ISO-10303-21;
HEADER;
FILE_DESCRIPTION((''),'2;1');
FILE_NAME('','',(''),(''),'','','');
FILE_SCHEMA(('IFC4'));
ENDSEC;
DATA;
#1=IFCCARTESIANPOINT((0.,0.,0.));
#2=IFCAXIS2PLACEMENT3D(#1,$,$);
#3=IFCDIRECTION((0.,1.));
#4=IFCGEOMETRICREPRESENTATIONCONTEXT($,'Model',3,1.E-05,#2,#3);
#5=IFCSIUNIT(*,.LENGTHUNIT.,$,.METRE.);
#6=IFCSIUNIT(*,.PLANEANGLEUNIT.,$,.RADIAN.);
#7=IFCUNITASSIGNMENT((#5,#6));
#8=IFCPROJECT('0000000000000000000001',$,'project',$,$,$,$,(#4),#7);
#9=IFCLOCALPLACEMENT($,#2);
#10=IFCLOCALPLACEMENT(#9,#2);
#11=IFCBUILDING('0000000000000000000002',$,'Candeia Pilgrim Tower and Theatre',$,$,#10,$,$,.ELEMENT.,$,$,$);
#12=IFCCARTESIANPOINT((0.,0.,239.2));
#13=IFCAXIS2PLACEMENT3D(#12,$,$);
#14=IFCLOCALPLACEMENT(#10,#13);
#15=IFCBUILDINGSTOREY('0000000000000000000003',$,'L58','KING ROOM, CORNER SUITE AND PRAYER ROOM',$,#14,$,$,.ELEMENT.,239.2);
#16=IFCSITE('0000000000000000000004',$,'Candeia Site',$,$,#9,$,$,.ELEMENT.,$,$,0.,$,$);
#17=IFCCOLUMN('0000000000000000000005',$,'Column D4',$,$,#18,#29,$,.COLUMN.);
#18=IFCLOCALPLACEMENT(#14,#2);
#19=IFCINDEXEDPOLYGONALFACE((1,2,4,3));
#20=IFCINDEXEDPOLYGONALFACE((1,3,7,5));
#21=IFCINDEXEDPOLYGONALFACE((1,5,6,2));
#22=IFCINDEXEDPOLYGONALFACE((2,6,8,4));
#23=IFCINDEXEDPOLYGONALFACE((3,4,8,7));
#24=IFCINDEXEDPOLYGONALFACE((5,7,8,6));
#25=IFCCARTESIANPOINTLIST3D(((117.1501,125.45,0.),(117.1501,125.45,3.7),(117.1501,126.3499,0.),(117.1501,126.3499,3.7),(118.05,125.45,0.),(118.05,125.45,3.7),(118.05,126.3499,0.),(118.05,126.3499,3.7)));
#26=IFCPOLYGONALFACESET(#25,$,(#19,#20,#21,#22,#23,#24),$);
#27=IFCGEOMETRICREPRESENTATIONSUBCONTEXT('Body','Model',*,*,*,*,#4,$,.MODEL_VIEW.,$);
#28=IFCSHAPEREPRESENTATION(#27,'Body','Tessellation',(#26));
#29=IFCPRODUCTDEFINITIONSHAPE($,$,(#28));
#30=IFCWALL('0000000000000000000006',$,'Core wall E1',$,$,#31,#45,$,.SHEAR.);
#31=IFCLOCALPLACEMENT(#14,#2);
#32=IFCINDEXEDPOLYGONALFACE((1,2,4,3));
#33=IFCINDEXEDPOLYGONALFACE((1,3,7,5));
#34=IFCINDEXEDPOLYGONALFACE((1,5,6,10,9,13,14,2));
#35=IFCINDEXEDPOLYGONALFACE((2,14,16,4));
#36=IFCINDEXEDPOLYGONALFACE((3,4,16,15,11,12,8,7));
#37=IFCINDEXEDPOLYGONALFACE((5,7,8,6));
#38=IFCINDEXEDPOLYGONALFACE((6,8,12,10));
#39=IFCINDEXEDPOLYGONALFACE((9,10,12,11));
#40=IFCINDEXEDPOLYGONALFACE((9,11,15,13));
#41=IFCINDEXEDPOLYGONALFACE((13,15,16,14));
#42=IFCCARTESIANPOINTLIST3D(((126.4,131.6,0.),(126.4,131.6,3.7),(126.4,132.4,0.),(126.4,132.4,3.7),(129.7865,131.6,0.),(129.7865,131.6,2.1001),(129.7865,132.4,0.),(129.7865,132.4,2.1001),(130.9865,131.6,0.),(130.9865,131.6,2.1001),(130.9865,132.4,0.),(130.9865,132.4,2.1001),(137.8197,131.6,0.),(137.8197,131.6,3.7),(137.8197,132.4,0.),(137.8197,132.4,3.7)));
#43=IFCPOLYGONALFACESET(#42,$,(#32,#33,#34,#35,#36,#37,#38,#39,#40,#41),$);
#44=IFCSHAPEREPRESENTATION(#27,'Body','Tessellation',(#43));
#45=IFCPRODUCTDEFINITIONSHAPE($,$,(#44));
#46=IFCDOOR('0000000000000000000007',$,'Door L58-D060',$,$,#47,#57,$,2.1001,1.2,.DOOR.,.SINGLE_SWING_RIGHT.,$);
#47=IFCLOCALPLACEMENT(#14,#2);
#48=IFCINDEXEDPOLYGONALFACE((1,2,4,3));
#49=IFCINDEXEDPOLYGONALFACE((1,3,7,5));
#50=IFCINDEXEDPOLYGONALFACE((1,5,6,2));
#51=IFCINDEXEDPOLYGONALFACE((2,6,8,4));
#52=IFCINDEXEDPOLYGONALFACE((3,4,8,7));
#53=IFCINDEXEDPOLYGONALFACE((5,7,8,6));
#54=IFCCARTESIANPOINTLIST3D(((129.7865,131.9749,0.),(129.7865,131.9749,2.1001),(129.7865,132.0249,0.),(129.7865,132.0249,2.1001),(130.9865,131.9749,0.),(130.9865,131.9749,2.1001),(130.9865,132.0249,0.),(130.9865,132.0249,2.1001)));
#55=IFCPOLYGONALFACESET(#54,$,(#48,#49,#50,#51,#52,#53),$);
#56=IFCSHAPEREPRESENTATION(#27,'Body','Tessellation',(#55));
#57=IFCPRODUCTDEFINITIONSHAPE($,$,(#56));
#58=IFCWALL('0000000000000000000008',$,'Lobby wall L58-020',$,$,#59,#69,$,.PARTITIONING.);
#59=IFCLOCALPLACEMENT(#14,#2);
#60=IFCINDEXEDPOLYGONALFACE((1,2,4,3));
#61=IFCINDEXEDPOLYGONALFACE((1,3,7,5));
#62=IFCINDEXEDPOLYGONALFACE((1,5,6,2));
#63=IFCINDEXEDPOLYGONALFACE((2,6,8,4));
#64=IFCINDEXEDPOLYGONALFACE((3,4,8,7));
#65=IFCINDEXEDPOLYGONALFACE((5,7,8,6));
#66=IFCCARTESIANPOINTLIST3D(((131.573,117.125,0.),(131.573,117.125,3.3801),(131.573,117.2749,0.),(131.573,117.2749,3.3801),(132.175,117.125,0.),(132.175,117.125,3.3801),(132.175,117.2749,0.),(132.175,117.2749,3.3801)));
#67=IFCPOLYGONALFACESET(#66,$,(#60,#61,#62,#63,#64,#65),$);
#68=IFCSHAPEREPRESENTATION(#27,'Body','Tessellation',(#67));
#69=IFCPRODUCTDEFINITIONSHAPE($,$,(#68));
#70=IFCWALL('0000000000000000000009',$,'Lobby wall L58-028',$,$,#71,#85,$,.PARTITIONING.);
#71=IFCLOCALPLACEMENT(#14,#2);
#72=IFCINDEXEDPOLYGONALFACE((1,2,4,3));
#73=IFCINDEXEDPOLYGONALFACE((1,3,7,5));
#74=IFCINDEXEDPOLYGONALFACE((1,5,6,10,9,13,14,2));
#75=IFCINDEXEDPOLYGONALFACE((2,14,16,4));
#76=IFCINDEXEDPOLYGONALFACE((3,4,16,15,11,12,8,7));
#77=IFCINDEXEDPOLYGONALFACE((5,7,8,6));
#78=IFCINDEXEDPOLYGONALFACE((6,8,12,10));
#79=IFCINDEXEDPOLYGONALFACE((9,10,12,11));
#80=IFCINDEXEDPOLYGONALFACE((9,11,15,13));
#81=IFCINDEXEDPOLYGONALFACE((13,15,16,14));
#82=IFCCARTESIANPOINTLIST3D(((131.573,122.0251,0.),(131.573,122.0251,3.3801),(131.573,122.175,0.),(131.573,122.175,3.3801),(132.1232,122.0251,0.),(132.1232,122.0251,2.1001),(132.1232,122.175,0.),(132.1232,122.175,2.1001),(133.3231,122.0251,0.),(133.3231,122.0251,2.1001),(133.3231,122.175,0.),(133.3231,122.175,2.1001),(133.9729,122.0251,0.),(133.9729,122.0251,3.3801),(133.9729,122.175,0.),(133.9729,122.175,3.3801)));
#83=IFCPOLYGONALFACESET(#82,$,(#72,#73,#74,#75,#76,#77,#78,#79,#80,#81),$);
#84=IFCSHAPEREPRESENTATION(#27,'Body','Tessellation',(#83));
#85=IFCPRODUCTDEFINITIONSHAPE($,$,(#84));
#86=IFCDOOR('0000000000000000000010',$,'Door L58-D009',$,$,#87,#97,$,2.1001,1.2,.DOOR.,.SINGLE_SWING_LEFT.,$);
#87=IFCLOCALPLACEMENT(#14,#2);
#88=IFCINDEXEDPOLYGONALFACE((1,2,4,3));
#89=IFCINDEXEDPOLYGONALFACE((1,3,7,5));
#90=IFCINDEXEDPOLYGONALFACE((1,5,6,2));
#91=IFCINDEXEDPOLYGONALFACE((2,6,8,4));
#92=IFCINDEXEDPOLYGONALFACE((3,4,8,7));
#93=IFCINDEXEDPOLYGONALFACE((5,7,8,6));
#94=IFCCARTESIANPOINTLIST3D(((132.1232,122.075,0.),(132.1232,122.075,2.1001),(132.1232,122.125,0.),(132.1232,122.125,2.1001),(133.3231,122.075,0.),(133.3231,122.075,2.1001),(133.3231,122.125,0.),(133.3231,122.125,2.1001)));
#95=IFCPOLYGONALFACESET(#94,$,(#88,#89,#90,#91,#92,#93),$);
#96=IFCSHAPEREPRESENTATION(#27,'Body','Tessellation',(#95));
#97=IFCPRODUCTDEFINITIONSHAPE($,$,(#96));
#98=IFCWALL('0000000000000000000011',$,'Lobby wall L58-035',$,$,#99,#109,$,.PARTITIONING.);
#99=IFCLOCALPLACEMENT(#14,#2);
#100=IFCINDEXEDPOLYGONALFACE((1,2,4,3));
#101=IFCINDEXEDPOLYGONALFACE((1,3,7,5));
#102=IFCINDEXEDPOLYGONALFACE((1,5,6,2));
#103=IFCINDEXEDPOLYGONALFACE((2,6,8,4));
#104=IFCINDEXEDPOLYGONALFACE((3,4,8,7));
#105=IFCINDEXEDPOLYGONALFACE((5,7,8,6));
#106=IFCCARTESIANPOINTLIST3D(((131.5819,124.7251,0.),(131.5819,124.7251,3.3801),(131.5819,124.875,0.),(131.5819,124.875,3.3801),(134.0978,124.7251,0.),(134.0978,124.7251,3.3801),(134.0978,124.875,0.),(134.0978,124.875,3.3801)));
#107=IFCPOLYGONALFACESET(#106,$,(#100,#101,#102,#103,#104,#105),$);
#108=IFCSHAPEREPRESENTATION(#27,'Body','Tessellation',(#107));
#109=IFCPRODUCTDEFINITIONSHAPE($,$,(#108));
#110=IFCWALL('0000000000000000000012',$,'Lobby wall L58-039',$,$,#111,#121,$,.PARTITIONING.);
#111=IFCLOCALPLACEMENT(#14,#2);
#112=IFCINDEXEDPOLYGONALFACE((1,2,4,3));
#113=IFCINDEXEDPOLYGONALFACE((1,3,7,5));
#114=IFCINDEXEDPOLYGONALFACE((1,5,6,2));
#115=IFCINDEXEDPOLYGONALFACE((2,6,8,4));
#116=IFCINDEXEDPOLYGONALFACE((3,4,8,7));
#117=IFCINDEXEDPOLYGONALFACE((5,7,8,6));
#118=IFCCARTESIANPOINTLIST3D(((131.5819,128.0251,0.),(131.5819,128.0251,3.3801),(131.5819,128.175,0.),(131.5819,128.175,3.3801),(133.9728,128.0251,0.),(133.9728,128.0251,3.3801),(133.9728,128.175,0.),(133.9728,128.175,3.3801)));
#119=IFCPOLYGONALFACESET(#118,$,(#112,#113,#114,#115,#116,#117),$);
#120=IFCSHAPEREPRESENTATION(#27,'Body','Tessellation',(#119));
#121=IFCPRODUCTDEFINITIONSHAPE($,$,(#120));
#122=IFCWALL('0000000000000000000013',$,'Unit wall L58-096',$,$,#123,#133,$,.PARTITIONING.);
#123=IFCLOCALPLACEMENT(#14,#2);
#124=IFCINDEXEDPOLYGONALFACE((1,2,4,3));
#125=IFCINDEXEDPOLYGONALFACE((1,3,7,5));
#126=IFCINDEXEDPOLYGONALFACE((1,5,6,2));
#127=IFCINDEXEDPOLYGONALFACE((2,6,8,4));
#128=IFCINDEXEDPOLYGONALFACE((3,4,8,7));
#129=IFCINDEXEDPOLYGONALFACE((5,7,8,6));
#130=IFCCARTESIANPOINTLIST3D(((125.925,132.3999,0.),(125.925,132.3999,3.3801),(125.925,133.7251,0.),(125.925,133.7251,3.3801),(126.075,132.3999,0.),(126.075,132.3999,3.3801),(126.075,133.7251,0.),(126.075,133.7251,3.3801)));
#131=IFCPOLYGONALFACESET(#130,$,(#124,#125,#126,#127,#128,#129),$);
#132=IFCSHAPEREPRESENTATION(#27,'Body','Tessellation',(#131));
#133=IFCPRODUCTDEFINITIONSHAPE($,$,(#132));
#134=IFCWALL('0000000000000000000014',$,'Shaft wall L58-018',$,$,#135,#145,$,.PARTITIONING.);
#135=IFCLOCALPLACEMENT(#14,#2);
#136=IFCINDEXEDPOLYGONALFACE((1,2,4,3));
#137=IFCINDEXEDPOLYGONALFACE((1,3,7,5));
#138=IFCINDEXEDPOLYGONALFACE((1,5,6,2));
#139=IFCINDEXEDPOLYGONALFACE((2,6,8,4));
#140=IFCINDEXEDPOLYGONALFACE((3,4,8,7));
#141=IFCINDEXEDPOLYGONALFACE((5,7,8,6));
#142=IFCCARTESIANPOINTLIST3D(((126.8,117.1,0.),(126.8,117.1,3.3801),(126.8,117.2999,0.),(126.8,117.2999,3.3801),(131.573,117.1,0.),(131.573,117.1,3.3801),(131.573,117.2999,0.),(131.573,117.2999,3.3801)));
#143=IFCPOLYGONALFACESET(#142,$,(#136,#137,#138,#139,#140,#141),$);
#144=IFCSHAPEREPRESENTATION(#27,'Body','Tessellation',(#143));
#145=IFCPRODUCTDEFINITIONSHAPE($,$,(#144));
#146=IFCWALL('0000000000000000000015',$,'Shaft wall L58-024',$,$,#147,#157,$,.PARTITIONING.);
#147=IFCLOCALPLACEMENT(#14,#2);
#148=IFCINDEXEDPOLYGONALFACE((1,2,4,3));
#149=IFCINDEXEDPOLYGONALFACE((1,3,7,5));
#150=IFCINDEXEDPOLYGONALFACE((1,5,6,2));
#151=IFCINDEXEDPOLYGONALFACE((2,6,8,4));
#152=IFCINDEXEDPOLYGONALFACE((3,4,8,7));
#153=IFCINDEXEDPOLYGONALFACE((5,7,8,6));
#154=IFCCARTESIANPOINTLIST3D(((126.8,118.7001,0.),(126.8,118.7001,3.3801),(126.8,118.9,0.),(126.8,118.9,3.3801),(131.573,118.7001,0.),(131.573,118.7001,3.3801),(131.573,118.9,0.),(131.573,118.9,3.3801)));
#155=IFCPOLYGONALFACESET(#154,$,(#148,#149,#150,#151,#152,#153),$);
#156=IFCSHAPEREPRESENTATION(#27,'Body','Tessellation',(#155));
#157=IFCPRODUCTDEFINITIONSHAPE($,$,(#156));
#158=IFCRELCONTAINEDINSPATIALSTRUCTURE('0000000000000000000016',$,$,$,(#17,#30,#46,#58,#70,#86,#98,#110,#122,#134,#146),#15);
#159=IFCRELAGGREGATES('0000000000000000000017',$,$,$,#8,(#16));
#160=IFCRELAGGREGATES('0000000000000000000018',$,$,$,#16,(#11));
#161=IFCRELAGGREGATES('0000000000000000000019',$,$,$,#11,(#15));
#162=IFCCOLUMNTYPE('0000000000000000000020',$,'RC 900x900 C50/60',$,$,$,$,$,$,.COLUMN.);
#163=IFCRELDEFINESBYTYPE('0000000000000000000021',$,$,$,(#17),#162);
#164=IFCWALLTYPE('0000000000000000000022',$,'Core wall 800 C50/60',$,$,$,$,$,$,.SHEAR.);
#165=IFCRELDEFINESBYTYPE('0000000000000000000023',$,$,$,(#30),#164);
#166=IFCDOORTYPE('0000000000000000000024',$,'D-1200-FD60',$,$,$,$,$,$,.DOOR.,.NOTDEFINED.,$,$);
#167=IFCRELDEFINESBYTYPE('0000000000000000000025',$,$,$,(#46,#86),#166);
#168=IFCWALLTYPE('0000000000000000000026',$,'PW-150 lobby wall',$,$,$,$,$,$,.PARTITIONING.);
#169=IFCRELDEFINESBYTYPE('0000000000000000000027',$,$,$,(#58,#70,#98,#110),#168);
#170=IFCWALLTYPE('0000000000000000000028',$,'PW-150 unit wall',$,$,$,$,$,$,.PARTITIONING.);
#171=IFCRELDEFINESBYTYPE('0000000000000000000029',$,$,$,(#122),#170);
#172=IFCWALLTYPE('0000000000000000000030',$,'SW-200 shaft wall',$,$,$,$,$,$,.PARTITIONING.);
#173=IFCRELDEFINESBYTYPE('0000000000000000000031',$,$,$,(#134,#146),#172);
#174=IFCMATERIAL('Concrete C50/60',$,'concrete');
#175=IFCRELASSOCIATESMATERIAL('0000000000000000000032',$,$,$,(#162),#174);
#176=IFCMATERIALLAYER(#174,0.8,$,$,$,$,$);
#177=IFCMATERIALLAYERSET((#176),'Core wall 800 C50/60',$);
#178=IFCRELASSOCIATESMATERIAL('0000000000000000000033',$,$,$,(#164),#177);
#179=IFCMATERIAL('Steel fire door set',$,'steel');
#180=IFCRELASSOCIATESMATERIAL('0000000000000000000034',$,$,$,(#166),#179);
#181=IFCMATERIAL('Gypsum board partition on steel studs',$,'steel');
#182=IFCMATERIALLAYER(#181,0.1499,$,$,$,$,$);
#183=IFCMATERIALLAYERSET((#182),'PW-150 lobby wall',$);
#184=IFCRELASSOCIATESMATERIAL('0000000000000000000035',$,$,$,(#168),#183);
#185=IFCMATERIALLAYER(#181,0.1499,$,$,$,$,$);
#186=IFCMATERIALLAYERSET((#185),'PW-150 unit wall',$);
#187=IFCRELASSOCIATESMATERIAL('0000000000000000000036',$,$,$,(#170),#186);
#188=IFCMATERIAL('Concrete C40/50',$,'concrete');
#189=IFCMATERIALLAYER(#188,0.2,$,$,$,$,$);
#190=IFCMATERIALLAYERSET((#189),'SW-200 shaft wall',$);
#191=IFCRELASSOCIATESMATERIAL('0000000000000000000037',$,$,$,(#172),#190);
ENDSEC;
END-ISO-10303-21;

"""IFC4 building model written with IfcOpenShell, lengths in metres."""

from ifc_helpers import new_model, si_unit, direction, frame, frame_2d, origin, origin_2d, place, context, subcontext, project, spatial, rectangle, extrude, material, layer, layer_set, material_profile, profile_set, type_object, element, fill, save


model = new_model("IFC4")

# Units and contexts
model_context = context("Model", 3, precision=1e-05, world=origin(), true_north=direction((0.0, 1.0)))
body_context = subcontext(model_context, "Body", "Model", "MODEL_VIEW")
ifc_project = project(units=[si_unit("LENGTHUNIT", "METRE"), si_unit("PLANEANGLEUNIT", "RADIAN")], contexts=[model_context])

# Site, building, storey
site_placement = place(None, origin())
site = spatial("IfcSite", under=ifc_project, at=site_placement, Name="Candeia Site", CompositionType="ELEMENT", RefElevation=0.0)
building_placement = place(site_placement, origin())
building = spatial("IfcBuilding", under=site, at=building_placement, Name="Candeia Pilgrim Tower and Theatre", CompositionType="ELEMENT")
storey_placement = place(building_placement, frame((0.0, 0.0, 239.2)))
storey = spatial("IfcBuildingStorey", under=building, at=storey_placement, Name="L58", Description="KING ROOM, CORNER SUITE AND PRAYER ROOM", CompositionType="ELEMENT", Elevation=239.2)

# Column
ifc_material_1 = material(Name="Concrete C50/60", Category="concrete")
ifc_material_profile = material_profile(ifc_material_1, rectangle(XDim=0.8999, YDim=0.8999, at=origin_2d()))
ifc_profile_set = profile_set([ifc_material_profile], Name="Concrete C50/60")
column_type = type_object("IfcColumnType", Name="RC 900x900 C50/60", PredefinedType="COLUMN", material=ifc_profile_set)
column_placement = place(storey_placement, frame((117.6001, 125.8999, 0.0), z_axis=(0.0, 0.0, 1.0), x_axis=(1.0, 0.0, 0.0)))
element("IfcColumn", 1, at=column_placement, inside=storey, type_object=column_type, Name="Column D4", PredefinedType="COLUMN", context=body_context, shape_type="SweptSolid", body=[
    extrude(rectangle(XDim=0.8999, YDim=0.8999, at=origin_2d()), origin(), (0.0, 0.0, 1.0), 3.7),
])

# Wall, opening, door
ifc_layer_1 = layer(ifc_material_1, 0.8)
ifc_layer_set_1 = layer_set([ifc_layer_1], Name="Core wall 800 C50/60")
wall_type_1 = type_object("IfcWallType", Name="Core wall 800 C50/60", PredefinedType="SHEAR", material=ifc_layer_set_1)
wall_1_placement = place(storey_placement, frame((126.3999, 132.0, 0.0), z_axis=(0.0, 0.0, 1.0), x_axis=(1.0, 0.0, 0.0)))
wall_1 = element("IfcWall", 2, at=wall_1_placement, inside=storey, type_object=wall_type_1, Name="Core wall E1", PredefinedType="SHEAR", context=body_context, shape_type="SweptSolid", body=[
    extrude(rectangle(XDim=11.4197, YDim=0.8, at=frame_2d((5.71, 0.0))), origin(), (0.0, 0.0, 1.0), 3.7),
])
opening_1_placement = place(wall_1_placement, frame((3.3865, 0.0, 0.0)))
opening_1 = element("IfcOpeningElement", 3, at=opening_1_placement, cuts=wall_1, PredefinedType="OPENING", context=body_context, shape_type="SweptSolid", body=[
    extrude(rectangle(XDim=1.2, YDim=2.1001, at=frame_2d((0.6001, 1.05))), frame((0.0, 0.4102, 0.0), z_axis=(0.0, -1.0, 0.0), x_axis=(1.0, 0.0, 0.0)), (0.0, 0.0, 1.0), 0.8201),
])
ifc_material_2 = material(Name="Steel fire door set", Category="steel")
door_type_1 = type_object("IfcDoorType", Name="D-1200-FD60", OperationType="NOTDEFINED", PredefinedType="DOOR", material=ifc_material_2)
door_1_placement = place(opening_1_placement, origin())
door_1 = element("IfcDoor", 4, at=door_1_placement, inside=storey, type_object=door_type_1, Name="Door L58-D060", OperationType="SINGLE_SWING_RIGHT", OverallHeight=2.1001, OverallWidth=1.2, PredefinedType="DOOR", context=body_context, shape_type="SweptSolid", body=[
    extrude(rectangle(XDim=1.2, YDim=2.1001, at=frame_2d((0.6001, 1.05))), frame((0.0, 0.0249, 0.0), z_axis=(0.0, -1.0, 0.0), x_axis=(1.0, 0.0, 0.0)), (0.0, 0.0, 1.0), 0.05),
])
fill(opening_1, door_1)

# Wall
ifc_material_3 = material(Name="Gypsum board partition on steel studs", Category="steel")
ifc_layer_2 = layer(ifc_material_3, 0.1499)
ifc_layer_set_2 = layer_set([ifc_layer_2], Name="PW-150 lobby wall")
wall_type_2 = type_object("IfcWallType", Name="PW-150 lobby wall", PredefinedType="PARTITIONING", material=ifc_layer_set_2)
wall_2_placement = place(storey_placement, frame((131.573, 117.2, 0.0), z_axis=(0.0, 0.0, 1.0), x_axis=(1.0, 0.0, 0.0)))
element("IfcWall", 5, at=wall_2_placement, inside=storey, type_object=wall_type_2, Name="Lobby wall L58-020", PredefinedType="PARTITIONING", context=body_context, shape_type="SweptSolid", body=[
    extrude(rectangle(XDim=0.6021, YDim=0.1499, at=frame_2d((0.301, 0.0))), origin(), (0.0, 0.0, 1.0), 3.3801),
])

# Wall, opening, door
wall_3_placement = place(storey_placement, frame((131.573, 122.1001, 0.0), z_axis=(0.0, 0.0, 1.0), x_axis=(1.0, 0.0, 0.0)))
wall_3 = element("IfcWall", 6, at=wall_3_placement, inside=storey, type_object=wall_type_2, Name="Lobby wall L58-028", PredefinedType="PARTITIONING", context=body_context, shape_type="SweptSolid", body=[
    extrude(rectangle(XDim=2.3999, YDim=0.1499, at=frame_2d((1.2, 0.0))), origin(), (0.0, 0.0, 1.0), 3.3801),
])
opening_2_placement = place(wall_3_placement, frame((0.55, 0.0, 0.0)))
opening_2 = element("IfcOpeningElement", 7, at=opening_2_placement, cuts=wall_3, PredefinedType="OPENING", context=body_context, shape_type="SweptSolid", body=[
    extrude(rectangle(XDim=1.2, YDim=2.1001, at=frame_2d((0.6001, 1.05))), frame((0.0, 0.085, 0.0), z_axis=(0.0, -1.0, 0.0), x_axis=(1.0, 0.0, 0.0)), (0.0, 0.0, 1.0), 0.1699),
])
door_2_placement = place(opening_2_placement, origin())
door_2 = element("IfcDoor", 8, at=door_2_placement, inside=storey, type_object=door_type_1, Name="Door L58-D009", OperationType="SINGLE_SWING_LEFT", OverallHeight=2.1001, OverallWidth=1.2, PredefinedType="DOOR", context=body_context, shape_type="SweptSolid", body=[
    extrude(rectangle(XDim=1.2, YDim=2.1001, at=frame_2d((0.6001, 1.05))), frame((0.0, 0.0249, 0.0), z_axis=(0.0, -1.0, 0.0), x_axis=(1.0, 0.0, 0.0)), (0.0, 0.0, 1.0), 0.05),
])
fill(opening_2, door_2)

# Walls
wall_4_placement = place(storey_placement, frame((131.582, 124.8, 0.0), z_axis=(0.0, 0.0, 1.0), x_axis=(1.0, 0.0, 0.0)))
element("IfcWall", 9, at=wall_4_placement, inside=storey, type_object=wall_type_2, Name="Lobby wall L58-035", PredefinedType="PARTITIONING", context=body_context, shape_type="SweptSolid", body=[
    extrude(rectangle(XDim=2.5159, YDim=0.1499, at=frame_2d((1.2578, 0.0))), origin(), (0.0, 0.0, 1.0), 3.3801),
])
wall_5_placement = place(storey_placement, frame((131.582, 128.1001, 0.0), z_axis=(0.0, 0.0, 1.0), x_axis=(1.0, 0.0, 0.0)))
element("IfcWall", 10, at=wall_5_placement, inside=storey, type_object=wall_type_2, Name="Lobby wall L58-039", PredefinedType="PARTITIONING", context=body_context, shape_type="SweptSolid", body=[
    extrude(rectangle(XDim=2.3909, YDim=0.1499, at=frame_2d((1.1953, 0.0))), origin(), (0.0, 0.0, 1.0), 3.3801),
])
ifc_layer_3 = layer(ifc_material_3, 0.1499)
ifc_layer_set_3 = layer_set([ifc_layer_3], Name="PW-150 unit wall")
wall_type_3 = type_object("IfcWallType", Name="PW-150 unit wall", PredefinedType="PARTITIONING", material=ifc_layer_set_3)
wall_6_placement = place(storey_placement, frame((126.0, 132.3999, 0.0), z_axis=(0.0, 0.0, 1.0), x_axis=(0.0, 1.0, 0.0)))
element("IfcWall", 11, at=wall_6_placement, inside=storey, type_object=wall_type_3, Name="Unit wall L58-096", PredefinedType="PARTITIONING", context=body_context, shape_type="SweptSolid", body=[
    extrude(rectangle(XDim=1.3252, YDim=0.1499, at=frame_2d((0.6626, 0.0))), origin(), (0.0, 0.0, 1.0), 3.3801),
])
ifc_material_4 = material(Name="Concrete C40/50", Category="concrete")
ifc_layer_4 = layer(ifc_material_4, 0.2)
ifc_layer_set_4 = layer_set([ifc_layer_4], Name="SW-200 shaft wall")
wall_type_4 = type_object("IfcWallType", Name="SW-200 shaft wall", PredefinedType="PARTITIONING", material=ifc_layer_set_4)
for number, where, z_axis, x_axis, name in (
    (12, (126.8, 117.2, 0.0), (0.0, 0.0, 1.0), (1.0, 0.0, 0.0), "Shaft wall L58-018"),
    (13, (126.8, 118.8, 0.0), (0.0, 0.0, 1.0), (1.0, 0.0, 0.0), "Shaft wall L58-024"),
):
    element("IfcWall", number, at=place(storey_placement, frame(where, z_axis=z_axis, x_axis=x_axis)), inside=storey, type_object=wall_type_4, Name=name, PredefinedType="PARTITIONING", context=body_context, shape_type="SweptSolid", body=[
        extrude(rectangle(XDim=4.7729, YDim=0.2, at=frame_2d((2.3865, 0.0))), origin(), (0.0, 0.0, 1.0), 3.3801),
    ])

save(model, "model.ifc")
